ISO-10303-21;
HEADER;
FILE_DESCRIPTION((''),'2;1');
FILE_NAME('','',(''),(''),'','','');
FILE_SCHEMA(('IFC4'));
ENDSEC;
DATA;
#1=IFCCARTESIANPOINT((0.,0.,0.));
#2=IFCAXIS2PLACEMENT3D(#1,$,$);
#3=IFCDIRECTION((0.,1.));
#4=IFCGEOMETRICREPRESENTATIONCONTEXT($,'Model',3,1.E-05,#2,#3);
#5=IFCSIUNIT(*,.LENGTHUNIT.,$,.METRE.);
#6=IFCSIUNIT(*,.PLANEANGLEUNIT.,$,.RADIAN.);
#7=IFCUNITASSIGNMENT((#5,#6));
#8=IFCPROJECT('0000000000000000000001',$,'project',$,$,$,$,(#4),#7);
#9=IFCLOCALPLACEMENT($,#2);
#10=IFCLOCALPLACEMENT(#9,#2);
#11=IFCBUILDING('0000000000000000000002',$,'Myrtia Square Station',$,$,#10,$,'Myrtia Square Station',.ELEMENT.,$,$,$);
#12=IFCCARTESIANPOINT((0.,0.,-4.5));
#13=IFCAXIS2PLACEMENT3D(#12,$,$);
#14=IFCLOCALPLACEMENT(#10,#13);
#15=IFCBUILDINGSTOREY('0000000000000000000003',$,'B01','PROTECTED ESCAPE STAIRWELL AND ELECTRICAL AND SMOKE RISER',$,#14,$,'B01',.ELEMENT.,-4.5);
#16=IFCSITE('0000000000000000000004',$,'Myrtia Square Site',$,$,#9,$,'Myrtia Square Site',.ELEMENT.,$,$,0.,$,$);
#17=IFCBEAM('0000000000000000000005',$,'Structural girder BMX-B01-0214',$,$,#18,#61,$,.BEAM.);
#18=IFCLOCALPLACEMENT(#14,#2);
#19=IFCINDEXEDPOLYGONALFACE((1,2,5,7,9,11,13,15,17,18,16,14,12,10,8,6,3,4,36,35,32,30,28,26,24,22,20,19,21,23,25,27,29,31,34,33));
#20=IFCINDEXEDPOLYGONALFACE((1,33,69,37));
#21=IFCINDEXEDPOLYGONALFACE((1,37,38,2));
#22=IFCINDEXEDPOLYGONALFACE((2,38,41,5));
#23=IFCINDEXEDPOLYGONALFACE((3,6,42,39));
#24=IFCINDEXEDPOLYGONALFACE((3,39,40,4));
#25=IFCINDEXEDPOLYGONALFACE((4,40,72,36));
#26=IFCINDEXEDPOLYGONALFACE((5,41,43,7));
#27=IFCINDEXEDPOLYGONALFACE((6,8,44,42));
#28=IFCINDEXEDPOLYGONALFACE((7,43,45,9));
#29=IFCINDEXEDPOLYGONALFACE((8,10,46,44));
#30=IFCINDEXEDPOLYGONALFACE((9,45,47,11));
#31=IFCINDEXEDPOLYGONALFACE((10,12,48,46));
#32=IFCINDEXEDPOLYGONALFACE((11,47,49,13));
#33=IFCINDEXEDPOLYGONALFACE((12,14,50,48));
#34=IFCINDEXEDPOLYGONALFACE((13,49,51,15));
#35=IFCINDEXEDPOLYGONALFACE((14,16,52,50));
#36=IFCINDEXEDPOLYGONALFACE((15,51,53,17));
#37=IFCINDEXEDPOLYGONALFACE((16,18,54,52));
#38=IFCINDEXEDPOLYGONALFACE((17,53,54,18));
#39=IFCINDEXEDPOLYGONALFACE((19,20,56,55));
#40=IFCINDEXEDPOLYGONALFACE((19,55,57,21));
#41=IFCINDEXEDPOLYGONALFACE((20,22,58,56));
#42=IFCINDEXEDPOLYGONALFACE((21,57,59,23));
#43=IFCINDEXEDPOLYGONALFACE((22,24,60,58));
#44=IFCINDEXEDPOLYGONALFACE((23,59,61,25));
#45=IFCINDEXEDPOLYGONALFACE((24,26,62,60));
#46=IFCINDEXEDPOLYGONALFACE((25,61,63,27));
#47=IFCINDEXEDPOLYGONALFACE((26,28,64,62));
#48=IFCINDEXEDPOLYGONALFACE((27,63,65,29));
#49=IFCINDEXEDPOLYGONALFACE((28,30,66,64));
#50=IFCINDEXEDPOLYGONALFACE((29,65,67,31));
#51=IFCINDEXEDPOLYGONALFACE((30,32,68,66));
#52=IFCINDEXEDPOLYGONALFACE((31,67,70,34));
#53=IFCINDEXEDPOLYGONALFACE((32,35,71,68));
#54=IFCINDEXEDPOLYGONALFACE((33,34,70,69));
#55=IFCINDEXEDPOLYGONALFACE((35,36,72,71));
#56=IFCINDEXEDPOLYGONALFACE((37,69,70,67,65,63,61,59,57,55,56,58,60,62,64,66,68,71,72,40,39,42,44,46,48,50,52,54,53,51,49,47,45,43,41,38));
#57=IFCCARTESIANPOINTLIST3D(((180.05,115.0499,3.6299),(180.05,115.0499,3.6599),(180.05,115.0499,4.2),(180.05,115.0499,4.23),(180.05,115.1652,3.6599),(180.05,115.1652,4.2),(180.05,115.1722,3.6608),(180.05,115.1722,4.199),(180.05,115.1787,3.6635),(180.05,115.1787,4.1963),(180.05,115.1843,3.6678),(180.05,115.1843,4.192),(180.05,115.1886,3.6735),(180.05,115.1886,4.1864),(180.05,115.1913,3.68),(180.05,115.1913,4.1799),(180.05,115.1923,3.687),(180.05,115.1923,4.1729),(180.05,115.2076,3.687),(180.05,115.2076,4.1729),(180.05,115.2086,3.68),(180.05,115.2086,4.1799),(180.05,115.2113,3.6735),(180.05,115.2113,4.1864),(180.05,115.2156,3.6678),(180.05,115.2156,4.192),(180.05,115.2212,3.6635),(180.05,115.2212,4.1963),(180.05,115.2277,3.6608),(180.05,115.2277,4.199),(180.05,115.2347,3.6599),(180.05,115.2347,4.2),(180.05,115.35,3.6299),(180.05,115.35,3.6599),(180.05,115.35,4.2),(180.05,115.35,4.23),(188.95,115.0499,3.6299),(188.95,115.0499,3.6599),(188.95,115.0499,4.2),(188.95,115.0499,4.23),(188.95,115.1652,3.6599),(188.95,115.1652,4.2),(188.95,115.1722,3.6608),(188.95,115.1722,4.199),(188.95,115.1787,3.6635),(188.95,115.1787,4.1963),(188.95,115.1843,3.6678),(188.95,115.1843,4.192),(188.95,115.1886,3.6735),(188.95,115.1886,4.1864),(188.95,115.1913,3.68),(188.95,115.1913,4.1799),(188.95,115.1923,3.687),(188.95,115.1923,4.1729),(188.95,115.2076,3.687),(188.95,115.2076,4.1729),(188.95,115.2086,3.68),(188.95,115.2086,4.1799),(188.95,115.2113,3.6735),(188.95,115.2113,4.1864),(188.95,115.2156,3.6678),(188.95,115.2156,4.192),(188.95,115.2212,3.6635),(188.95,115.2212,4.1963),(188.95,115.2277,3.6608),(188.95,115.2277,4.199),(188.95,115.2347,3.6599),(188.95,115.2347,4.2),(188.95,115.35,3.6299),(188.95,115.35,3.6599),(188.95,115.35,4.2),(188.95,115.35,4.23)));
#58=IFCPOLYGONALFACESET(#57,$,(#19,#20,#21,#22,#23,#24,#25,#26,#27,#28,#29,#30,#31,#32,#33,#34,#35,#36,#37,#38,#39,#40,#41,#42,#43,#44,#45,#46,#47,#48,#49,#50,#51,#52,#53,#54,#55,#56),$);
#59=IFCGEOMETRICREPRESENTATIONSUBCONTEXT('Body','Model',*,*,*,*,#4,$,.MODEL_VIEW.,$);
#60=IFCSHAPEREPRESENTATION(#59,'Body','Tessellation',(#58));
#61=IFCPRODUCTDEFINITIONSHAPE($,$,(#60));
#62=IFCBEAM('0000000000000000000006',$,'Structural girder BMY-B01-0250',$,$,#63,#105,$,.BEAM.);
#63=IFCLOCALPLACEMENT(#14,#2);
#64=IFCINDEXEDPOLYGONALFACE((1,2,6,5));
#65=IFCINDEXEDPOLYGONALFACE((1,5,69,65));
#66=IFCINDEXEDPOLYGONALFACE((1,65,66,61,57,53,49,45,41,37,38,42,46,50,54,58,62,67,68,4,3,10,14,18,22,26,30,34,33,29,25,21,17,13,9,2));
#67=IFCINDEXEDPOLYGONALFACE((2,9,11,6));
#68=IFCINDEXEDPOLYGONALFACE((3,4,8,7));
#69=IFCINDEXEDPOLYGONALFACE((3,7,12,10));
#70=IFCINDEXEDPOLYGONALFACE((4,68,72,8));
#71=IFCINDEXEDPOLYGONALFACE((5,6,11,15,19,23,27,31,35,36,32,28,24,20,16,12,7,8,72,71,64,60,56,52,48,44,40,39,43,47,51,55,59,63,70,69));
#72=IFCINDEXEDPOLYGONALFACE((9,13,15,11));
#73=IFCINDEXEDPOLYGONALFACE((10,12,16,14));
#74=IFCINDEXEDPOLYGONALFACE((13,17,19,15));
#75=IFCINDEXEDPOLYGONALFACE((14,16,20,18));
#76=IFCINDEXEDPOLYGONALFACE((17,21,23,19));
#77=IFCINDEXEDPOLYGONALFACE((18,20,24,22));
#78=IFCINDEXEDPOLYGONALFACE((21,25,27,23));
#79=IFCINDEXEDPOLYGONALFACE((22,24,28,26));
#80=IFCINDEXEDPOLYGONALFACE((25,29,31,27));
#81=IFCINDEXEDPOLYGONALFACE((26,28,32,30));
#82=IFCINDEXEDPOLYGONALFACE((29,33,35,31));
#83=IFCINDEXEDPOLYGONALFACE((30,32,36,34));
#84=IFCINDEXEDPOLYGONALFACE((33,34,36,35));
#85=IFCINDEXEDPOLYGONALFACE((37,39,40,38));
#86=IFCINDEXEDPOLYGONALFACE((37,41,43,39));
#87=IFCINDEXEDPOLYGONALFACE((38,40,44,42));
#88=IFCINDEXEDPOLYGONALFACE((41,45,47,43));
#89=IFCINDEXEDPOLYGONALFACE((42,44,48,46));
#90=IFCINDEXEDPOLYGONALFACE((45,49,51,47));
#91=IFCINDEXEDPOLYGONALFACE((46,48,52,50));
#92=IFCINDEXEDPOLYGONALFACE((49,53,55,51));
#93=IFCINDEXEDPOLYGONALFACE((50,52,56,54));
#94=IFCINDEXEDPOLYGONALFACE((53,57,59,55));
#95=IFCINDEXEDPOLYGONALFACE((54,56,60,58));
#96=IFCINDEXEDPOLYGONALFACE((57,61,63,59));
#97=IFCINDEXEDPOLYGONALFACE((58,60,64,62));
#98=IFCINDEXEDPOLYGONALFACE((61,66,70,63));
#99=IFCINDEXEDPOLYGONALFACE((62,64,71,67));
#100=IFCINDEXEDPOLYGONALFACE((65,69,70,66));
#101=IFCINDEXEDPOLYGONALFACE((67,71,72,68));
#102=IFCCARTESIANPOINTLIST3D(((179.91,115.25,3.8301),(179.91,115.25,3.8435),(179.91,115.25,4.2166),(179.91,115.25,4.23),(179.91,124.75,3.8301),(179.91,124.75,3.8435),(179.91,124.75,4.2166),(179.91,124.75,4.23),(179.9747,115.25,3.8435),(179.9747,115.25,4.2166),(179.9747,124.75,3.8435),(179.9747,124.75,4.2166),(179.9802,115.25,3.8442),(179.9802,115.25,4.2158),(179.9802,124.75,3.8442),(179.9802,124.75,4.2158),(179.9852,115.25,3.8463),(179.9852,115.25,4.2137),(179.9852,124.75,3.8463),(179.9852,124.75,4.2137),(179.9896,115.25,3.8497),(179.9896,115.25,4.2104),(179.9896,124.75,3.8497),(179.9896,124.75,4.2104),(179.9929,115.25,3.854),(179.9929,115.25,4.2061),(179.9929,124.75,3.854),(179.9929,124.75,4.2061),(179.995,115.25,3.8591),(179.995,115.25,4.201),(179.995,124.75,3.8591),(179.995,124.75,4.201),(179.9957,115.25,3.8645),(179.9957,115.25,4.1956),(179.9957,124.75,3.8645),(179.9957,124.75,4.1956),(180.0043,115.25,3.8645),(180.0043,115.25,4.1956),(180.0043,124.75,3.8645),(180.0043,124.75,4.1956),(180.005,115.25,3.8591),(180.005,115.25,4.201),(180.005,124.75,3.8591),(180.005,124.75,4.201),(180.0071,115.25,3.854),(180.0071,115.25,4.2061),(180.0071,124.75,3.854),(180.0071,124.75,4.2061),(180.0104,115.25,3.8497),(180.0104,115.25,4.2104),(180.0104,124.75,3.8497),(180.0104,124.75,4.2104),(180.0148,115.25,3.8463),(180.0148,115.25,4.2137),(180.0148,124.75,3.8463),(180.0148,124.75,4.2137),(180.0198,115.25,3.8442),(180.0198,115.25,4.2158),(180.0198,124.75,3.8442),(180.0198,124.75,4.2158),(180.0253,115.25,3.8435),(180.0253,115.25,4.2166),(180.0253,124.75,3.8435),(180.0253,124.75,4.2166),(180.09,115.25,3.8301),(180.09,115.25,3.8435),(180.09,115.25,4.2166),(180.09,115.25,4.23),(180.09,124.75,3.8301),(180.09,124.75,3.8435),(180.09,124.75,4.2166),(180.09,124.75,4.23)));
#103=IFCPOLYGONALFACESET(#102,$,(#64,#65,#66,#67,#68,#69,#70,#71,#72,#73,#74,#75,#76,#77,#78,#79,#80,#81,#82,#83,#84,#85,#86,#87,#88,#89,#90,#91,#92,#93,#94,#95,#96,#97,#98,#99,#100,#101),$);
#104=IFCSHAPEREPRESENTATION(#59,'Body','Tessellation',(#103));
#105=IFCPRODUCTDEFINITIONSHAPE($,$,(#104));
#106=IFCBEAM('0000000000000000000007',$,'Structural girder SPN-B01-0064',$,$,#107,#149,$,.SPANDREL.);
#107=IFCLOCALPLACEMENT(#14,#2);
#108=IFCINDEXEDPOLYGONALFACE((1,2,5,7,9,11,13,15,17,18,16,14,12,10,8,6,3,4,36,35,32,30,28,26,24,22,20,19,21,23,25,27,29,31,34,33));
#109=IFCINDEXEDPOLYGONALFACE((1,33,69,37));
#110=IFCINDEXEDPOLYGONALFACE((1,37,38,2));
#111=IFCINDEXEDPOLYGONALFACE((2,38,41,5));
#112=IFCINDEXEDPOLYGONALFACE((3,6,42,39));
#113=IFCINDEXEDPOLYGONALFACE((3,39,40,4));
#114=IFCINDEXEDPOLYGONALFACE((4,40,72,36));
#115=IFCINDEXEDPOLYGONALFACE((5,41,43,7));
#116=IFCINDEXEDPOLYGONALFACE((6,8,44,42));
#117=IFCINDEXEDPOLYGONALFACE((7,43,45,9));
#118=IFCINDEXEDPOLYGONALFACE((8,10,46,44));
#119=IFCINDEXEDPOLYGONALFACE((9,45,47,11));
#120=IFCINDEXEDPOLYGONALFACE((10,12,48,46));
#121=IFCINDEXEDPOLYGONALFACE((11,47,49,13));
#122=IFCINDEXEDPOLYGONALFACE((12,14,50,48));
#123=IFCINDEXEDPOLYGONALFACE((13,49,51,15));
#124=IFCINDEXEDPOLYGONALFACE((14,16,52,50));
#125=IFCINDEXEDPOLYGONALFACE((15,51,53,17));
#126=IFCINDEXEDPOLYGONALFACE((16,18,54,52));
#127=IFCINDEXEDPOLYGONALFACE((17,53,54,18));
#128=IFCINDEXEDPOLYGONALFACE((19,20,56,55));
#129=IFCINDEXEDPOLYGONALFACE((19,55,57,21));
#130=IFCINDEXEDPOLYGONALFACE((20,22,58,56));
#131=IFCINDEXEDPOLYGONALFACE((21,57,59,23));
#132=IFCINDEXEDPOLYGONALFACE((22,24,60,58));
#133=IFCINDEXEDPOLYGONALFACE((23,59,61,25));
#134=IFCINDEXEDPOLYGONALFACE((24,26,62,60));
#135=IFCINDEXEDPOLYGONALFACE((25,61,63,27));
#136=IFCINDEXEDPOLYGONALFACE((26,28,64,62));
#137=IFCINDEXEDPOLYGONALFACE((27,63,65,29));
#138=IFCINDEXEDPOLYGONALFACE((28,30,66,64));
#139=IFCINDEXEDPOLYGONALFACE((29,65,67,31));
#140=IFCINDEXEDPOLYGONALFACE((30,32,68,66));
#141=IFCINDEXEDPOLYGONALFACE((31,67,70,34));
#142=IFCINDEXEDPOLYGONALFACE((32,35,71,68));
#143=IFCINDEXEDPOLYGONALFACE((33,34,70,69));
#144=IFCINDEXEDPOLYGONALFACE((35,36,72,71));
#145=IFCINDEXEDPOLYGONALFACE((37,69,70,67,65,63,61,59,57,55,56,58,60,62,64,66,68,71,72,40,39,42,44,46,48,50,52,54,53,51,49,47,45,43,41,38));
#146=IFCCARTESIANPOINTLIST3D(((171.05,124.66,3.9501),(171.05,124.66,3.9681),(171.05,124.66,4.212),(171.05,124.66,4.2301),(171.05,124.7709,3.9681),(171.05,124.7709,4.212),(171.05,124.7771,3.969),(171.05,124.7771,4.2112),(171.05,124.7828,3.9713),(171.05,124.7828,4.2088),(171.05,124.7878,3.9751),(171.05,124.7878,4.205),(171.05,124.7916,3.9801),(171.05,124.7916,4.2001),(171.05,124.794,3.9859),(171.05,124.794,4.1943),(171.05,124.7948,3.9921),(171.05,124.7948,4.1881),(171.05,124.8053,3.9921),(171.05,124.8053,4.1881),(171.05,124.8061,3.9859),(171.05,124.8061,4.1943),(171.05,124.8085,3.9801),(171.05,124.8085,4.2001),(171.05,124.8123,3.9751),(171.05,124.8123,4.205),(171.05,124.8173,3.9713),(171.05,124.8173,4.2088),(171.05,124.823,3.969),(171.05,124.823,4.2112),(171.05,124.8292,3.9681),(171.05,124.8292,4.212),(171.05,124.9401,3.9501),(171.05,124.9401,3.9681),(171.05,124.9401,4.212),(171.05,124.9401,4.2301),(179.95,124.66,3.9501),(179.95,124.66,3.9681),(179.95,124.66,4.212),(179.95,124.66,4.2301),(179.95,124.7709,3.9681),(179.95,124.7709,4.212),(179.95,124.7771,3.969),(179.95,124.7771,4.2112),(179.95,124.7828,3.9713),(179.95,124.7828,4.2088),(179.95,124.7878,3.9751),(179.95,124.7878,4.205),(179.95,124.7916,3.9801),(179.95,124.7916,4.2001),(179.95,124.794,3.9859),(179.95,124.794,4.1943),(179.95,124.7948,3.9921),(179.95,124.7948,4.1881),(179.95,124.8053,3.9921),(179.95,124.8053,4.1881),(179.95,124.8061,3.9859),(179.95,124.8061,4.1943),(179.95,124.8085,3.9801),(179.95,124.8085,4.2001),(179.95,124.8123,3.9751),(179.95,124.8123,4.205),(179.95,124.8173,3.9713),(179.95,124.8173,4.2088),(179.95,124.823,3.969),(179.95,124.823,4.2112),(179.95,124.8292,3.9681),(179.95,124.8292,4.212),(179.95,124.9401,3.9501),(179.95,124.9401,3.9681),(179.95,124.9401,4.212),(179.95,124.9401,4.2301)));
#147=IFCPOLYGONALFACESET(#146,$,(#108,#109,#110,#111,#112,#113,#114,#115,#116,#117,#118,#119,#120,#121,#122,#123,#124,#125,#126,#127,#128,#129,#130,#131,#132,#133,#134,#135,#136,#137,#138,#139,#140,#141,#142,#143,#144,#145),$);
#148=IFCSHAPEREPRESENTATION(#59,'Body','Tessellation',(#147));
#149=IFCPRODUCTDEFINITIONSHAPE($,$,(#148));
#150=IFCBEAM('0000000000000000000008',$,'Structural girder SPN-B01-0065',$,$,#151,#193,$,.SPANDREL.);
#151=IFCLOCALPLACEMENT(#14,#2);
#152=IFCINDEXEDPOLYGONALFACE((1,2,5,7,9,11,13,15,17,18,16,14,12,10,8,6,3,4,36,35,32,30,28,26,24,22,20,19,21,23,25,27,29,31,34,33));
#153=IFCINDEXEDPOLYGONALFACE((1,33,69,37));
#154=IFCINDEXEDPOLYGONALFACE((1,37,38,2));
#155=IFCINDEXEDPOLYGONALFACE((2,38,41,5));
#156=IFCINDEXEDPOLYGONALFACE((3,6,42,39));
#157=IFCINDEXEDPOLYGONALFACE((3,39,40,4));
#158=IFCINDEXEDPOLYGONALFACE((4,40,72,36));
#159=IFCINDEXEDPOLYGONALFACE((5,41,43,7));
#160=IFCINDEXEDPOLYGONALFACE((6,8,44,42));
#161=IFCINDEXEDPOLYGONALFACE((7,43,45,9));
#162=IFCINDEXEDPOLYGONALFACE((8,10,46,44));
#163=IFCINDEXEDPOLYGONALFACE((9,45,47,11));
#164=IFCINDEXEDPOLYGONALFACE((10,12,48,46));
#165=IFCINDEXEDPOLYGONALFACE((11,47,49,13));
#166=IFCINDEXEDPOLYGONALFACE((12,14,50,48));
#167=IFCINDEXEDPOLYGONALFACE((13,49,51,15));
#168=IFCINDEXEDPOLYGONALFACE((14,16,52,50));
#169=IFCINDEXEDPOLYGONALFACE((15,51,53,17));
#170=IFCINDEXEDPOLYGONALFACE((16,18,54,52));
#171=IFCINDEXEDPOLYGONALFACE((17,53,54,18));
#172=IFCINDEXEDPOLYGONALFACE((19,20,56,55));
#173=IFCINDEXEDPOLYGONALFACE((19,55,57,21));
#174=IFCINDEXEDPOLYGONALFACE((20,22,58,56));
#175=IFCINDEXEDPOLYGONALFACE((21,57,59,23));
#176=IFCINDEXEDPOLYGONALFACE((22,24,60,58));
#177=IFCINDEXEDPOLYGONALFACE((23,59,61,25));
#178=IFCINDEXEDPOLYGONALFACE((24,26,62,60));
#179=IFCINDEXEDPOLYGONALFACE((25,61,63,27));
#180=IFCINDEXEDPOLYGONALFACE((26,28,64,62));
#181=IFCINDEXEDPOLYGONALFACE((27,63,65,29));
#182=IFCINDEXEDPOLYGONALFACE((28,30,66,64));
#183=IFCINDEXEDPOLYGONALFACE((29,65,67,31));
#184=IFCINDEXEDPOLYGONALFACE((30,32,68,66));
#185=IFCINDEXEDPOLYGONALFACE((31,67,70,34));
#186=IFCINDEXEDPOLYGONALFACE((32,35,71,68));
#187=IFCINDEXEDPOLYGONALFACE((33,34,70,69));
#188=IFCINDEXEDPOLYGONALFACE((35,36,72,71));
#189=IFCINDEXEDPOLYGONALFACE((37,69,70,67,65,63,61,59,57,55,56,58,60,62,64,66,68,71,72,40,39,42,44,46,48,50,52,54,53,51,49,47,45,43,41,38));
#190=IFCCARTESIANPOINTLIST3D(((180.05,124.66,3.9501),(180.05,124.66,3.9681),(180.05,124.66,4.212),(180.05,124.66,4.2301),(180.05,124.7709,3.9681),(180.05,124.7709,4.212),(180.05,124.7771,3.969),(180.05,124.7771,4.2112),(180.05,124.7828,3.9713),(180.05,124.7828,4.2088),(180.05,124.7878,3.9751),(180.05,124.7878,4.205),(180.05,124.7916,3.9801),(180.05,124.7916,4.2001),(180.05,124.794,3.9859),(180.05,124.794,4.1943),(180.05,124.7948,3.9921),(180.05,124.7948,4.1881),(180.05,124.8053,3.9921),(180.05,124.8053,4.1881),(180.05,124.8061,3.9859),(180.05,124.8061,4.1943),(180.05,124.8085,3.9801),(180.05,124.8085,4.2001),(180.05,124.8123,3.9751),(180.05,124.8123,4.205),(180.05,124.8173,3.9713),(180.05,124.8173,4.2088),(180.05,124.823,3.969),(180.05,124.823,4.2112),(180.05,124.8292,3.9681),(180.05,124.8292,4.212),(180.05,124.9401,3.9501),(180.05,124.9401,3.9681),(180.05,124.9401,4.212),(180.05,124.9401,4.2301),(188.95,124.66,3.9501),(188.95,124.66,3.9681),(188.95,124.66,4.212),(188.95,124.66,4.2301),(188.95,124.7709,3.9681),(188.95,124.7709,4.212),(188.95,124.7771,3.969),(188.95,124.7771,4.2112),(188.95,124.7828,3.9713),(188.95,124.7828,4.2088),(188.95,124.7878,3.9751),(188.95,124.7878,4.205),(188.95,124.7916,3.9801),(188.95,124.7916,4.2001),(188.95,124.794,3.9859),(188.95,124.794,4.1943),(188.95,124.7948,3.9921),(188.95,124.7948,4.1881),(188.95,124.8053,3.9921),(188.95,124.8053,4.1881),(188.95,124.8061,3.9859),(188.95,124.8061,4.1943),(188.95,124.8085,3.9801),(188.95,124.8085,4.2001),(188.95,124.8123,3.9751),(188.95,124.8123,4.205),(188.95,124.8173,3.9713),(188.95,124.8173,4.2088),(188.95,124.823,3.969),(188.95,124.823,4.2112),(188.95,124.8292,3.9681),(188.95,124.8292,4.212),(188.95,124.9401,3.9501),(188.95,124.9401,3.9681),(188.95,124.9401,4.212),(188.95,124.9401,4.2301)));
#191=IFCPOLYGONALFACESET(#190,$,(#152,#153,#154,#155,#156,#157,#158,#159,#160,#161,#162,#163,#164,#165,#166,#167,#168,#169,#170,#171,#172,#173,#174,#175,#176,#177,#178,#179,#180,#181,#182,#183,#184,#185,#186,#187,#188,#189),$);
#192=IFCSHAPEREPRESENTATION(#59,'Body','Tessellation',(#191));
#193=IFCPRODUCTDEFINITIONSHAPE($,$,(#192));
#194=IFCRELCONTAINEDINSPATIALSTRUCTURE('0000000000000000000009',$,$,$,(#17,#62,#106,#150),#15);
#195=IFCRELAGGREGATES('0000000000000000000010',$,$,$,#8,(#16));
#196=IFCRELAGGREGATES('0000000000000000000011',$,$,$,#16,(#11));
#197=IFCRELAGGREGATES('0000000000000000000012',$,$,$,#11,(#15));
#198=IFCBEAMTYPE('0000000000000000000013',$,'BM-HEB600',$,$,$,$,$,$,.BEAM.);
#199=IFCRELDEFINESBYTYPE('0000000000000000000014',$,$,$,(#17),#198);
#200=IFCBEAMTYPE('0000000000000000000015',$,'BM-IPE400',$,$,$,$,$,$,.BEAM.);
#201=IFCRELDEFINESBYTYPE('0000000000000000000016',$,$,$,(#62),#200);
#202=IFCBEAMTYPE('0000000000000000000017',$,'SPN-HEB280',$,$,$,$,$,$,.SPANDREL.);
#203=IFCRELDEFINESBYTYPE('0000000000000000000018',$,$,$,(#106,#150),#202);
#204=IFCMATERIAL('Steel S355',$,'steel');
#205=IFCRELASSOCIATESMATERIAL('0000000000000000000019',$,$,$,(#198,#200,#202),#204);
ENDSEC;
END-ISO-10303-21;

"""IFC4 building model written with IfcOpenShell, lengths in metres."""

from ifc_helpers import new_model, si_unit, direction, frame, origin, origin_2d, place, context, subcontext, project, spatial, i_section, extrude, material, material_profile, profile_set, type_object, element, save


model = new_model("IFC4")

# Units and contexts
model_context = context("Model", 3, precision=1e-05, world=origin(), true_north=direction((0.0, 1.0)))
body_context = subcontext(model_context, "Body", "Model", "MODEL_VIEW")
ifc_project = project(units=[si_unit("LENGTHUNIT", "METRE"), si_unit("PLANEANGLEUNIT", "RADIAN")], contexts=[model_context])

# Site, building, storey
site_placement = place(None, origin())
site = spatial("IfcSite", under=ifc_project, at=site_placement, Name="Myrtia Square Site", LongName="Myrtia Square Site", CompositionType="ELEMENT", RefElevation=0.0)
building_placement = place(site_placement, origin())
building = spatial("IfcBuilding", under=site, at=building_placement, Name="Myrtia Square Station", LongName="Myrtia Square Station", CompositionType="ELEMENT")
storey_placement = place(building_placement, frame((0.0, 0.0, -4.5)))
storey = spatial("IfcBuildingStorey", under=building, at=storey_placement, Name="B01", Description="PROTECTED ESCAPE STAIRWELL AND ELECTRICAL AND SMOKE RISER", LongName="B01", CompositionType="ELEMENT", Elevation=-4.5)

# Shared definitions
ifc_material_1 = material(Name="Steel S355", Category="steel")

# Beams
ifc_material_profile_1 = material_profile(ifc_material_1, i_section(OverallWidth=0.3, OverallDepth=0.6001, WebThickness=0.0154, FlangeThickness=0.03, FilletRadius=0.0271, at=origin_2d()), Name="HEB 600")
ifc_profile_set_1 = profile_set([ifc_material_profile_1], Name="Steel S355")
beam_type_1 = type_object("IfcBeamType", Name="BM-HEB600", PredefinedType="BEAM", material=ifc_profile_set_1)
beam_1_placement = place(storey_placement, frame((180.05, 115.2, 3.9299), z_axis=(1.0, 0.0, 0.0), x_axis=(0.0, 1.0, 0.0)))
element("IfcBeam", 1, at=beam_1_placement, inside=storey, type_object=beam_type_1, Name="Structural girder BMX-B01-0214", PredefinedType="BEAM", context=body_context, shape_type="SweptSolid", body=[
    extrude(i_section(OverallWidth=0.3, OverallDepth=0.6001, WebThickness=0.0154, FlangeThickness=0.03, FilletRadius=0.0271, at=origin_2d()), origin(), (0.0, 0.0, 1.0), 8.8999),
])
ifc_material_profile_2 = material_profile(ifc_material_1, i_section(OverallWidth=0.1799, OverallDepth=0.3999, WebThickness=0.0085, FlangeThickness=0.0134, FilletRadius=0.021, at=origin_2d()), Name="IPE 400")
ifc_profile_set_2 = profile_set([ifc_material_profile_2], Name="Steel S355")
beam_type_2 = type_object("IfcBeamType", Name="BM-IPE400", PredefinedType="BEAM", material=ifc_profile_set_2)
beam_2_placement = place(storey_placement, frame((180.0, 115.25, 4.03), z_axis=(0.0, 1.0, 0.0), x_axis=(-1.0, 0.0, 0.0)))
element("IfcBeam", 2, at=beam_2_placement, inside=storey, type_object=beam_type_2, Name="Structural girder BMY-B01-0250", PredefinedType="BEAM", context=body_context, shape_type="SweptSolid", body=[
    extrude(i_section(OverallWidth=0.1799, OverallDepth=0.3999, WebThickness=0.0085, FlangeThickness=0.0134, FilletRadius=0.021, at=origin_2d()), origin(), (0.0, 0.0, 1.0), 9.5),
])
ifc_material_profile_3 = material_profile(ifc_material_1, i_section(OverallWidth=0.28, OverallDepth=0.28, WebThickness=0.0105, FlangeThickness=0.0181, FilletRadius=0.0239, at=origin_2d()), Name="HEB 280")
ifc_profile_set_3 = profile_set([ifc_material_profile_3], Name="Steel S355")
beam_type_3 = type_object("IfcBeamType", Name="SPN-HEB280", PredefinedType="SPANDREL", material=ifc_profile_set_3)
for number, where, z_axis, x_axis, name in (
    (3, (171.05, 124.8, 4.0901), (1.0, 0.0, 0.0), (0.0, 1.0, 0.0), "Structural girder SPN-B01-0064"),
    (4, (180.05, 124.8, 4.0901), (1.0, 0.0, 0.0), (0.0, 1.0, 0.0), "Structural girder SPN-B01-0065"),
):
    element("IfcBeam", number, at=place(storey_placement, frame(where, z_axis=z_axis, x_axis=x_axis)), inside=storey, type_object=beam_type_3, Name=name, PredefinedType="SPANDREL", context=body_context, shape_type="SweptSolid", body=[
        extrude(i_section(OverallWidth=0.28, OverallDepth=0.28, WebThickness=0.0105, FlangeThickness=0.0181, FilletRadius=0.0239, at=origin_2d()), origin(), (0.0, 0.0, 1.0), 8.8999),
    ])

save(model, "model.ifc")
